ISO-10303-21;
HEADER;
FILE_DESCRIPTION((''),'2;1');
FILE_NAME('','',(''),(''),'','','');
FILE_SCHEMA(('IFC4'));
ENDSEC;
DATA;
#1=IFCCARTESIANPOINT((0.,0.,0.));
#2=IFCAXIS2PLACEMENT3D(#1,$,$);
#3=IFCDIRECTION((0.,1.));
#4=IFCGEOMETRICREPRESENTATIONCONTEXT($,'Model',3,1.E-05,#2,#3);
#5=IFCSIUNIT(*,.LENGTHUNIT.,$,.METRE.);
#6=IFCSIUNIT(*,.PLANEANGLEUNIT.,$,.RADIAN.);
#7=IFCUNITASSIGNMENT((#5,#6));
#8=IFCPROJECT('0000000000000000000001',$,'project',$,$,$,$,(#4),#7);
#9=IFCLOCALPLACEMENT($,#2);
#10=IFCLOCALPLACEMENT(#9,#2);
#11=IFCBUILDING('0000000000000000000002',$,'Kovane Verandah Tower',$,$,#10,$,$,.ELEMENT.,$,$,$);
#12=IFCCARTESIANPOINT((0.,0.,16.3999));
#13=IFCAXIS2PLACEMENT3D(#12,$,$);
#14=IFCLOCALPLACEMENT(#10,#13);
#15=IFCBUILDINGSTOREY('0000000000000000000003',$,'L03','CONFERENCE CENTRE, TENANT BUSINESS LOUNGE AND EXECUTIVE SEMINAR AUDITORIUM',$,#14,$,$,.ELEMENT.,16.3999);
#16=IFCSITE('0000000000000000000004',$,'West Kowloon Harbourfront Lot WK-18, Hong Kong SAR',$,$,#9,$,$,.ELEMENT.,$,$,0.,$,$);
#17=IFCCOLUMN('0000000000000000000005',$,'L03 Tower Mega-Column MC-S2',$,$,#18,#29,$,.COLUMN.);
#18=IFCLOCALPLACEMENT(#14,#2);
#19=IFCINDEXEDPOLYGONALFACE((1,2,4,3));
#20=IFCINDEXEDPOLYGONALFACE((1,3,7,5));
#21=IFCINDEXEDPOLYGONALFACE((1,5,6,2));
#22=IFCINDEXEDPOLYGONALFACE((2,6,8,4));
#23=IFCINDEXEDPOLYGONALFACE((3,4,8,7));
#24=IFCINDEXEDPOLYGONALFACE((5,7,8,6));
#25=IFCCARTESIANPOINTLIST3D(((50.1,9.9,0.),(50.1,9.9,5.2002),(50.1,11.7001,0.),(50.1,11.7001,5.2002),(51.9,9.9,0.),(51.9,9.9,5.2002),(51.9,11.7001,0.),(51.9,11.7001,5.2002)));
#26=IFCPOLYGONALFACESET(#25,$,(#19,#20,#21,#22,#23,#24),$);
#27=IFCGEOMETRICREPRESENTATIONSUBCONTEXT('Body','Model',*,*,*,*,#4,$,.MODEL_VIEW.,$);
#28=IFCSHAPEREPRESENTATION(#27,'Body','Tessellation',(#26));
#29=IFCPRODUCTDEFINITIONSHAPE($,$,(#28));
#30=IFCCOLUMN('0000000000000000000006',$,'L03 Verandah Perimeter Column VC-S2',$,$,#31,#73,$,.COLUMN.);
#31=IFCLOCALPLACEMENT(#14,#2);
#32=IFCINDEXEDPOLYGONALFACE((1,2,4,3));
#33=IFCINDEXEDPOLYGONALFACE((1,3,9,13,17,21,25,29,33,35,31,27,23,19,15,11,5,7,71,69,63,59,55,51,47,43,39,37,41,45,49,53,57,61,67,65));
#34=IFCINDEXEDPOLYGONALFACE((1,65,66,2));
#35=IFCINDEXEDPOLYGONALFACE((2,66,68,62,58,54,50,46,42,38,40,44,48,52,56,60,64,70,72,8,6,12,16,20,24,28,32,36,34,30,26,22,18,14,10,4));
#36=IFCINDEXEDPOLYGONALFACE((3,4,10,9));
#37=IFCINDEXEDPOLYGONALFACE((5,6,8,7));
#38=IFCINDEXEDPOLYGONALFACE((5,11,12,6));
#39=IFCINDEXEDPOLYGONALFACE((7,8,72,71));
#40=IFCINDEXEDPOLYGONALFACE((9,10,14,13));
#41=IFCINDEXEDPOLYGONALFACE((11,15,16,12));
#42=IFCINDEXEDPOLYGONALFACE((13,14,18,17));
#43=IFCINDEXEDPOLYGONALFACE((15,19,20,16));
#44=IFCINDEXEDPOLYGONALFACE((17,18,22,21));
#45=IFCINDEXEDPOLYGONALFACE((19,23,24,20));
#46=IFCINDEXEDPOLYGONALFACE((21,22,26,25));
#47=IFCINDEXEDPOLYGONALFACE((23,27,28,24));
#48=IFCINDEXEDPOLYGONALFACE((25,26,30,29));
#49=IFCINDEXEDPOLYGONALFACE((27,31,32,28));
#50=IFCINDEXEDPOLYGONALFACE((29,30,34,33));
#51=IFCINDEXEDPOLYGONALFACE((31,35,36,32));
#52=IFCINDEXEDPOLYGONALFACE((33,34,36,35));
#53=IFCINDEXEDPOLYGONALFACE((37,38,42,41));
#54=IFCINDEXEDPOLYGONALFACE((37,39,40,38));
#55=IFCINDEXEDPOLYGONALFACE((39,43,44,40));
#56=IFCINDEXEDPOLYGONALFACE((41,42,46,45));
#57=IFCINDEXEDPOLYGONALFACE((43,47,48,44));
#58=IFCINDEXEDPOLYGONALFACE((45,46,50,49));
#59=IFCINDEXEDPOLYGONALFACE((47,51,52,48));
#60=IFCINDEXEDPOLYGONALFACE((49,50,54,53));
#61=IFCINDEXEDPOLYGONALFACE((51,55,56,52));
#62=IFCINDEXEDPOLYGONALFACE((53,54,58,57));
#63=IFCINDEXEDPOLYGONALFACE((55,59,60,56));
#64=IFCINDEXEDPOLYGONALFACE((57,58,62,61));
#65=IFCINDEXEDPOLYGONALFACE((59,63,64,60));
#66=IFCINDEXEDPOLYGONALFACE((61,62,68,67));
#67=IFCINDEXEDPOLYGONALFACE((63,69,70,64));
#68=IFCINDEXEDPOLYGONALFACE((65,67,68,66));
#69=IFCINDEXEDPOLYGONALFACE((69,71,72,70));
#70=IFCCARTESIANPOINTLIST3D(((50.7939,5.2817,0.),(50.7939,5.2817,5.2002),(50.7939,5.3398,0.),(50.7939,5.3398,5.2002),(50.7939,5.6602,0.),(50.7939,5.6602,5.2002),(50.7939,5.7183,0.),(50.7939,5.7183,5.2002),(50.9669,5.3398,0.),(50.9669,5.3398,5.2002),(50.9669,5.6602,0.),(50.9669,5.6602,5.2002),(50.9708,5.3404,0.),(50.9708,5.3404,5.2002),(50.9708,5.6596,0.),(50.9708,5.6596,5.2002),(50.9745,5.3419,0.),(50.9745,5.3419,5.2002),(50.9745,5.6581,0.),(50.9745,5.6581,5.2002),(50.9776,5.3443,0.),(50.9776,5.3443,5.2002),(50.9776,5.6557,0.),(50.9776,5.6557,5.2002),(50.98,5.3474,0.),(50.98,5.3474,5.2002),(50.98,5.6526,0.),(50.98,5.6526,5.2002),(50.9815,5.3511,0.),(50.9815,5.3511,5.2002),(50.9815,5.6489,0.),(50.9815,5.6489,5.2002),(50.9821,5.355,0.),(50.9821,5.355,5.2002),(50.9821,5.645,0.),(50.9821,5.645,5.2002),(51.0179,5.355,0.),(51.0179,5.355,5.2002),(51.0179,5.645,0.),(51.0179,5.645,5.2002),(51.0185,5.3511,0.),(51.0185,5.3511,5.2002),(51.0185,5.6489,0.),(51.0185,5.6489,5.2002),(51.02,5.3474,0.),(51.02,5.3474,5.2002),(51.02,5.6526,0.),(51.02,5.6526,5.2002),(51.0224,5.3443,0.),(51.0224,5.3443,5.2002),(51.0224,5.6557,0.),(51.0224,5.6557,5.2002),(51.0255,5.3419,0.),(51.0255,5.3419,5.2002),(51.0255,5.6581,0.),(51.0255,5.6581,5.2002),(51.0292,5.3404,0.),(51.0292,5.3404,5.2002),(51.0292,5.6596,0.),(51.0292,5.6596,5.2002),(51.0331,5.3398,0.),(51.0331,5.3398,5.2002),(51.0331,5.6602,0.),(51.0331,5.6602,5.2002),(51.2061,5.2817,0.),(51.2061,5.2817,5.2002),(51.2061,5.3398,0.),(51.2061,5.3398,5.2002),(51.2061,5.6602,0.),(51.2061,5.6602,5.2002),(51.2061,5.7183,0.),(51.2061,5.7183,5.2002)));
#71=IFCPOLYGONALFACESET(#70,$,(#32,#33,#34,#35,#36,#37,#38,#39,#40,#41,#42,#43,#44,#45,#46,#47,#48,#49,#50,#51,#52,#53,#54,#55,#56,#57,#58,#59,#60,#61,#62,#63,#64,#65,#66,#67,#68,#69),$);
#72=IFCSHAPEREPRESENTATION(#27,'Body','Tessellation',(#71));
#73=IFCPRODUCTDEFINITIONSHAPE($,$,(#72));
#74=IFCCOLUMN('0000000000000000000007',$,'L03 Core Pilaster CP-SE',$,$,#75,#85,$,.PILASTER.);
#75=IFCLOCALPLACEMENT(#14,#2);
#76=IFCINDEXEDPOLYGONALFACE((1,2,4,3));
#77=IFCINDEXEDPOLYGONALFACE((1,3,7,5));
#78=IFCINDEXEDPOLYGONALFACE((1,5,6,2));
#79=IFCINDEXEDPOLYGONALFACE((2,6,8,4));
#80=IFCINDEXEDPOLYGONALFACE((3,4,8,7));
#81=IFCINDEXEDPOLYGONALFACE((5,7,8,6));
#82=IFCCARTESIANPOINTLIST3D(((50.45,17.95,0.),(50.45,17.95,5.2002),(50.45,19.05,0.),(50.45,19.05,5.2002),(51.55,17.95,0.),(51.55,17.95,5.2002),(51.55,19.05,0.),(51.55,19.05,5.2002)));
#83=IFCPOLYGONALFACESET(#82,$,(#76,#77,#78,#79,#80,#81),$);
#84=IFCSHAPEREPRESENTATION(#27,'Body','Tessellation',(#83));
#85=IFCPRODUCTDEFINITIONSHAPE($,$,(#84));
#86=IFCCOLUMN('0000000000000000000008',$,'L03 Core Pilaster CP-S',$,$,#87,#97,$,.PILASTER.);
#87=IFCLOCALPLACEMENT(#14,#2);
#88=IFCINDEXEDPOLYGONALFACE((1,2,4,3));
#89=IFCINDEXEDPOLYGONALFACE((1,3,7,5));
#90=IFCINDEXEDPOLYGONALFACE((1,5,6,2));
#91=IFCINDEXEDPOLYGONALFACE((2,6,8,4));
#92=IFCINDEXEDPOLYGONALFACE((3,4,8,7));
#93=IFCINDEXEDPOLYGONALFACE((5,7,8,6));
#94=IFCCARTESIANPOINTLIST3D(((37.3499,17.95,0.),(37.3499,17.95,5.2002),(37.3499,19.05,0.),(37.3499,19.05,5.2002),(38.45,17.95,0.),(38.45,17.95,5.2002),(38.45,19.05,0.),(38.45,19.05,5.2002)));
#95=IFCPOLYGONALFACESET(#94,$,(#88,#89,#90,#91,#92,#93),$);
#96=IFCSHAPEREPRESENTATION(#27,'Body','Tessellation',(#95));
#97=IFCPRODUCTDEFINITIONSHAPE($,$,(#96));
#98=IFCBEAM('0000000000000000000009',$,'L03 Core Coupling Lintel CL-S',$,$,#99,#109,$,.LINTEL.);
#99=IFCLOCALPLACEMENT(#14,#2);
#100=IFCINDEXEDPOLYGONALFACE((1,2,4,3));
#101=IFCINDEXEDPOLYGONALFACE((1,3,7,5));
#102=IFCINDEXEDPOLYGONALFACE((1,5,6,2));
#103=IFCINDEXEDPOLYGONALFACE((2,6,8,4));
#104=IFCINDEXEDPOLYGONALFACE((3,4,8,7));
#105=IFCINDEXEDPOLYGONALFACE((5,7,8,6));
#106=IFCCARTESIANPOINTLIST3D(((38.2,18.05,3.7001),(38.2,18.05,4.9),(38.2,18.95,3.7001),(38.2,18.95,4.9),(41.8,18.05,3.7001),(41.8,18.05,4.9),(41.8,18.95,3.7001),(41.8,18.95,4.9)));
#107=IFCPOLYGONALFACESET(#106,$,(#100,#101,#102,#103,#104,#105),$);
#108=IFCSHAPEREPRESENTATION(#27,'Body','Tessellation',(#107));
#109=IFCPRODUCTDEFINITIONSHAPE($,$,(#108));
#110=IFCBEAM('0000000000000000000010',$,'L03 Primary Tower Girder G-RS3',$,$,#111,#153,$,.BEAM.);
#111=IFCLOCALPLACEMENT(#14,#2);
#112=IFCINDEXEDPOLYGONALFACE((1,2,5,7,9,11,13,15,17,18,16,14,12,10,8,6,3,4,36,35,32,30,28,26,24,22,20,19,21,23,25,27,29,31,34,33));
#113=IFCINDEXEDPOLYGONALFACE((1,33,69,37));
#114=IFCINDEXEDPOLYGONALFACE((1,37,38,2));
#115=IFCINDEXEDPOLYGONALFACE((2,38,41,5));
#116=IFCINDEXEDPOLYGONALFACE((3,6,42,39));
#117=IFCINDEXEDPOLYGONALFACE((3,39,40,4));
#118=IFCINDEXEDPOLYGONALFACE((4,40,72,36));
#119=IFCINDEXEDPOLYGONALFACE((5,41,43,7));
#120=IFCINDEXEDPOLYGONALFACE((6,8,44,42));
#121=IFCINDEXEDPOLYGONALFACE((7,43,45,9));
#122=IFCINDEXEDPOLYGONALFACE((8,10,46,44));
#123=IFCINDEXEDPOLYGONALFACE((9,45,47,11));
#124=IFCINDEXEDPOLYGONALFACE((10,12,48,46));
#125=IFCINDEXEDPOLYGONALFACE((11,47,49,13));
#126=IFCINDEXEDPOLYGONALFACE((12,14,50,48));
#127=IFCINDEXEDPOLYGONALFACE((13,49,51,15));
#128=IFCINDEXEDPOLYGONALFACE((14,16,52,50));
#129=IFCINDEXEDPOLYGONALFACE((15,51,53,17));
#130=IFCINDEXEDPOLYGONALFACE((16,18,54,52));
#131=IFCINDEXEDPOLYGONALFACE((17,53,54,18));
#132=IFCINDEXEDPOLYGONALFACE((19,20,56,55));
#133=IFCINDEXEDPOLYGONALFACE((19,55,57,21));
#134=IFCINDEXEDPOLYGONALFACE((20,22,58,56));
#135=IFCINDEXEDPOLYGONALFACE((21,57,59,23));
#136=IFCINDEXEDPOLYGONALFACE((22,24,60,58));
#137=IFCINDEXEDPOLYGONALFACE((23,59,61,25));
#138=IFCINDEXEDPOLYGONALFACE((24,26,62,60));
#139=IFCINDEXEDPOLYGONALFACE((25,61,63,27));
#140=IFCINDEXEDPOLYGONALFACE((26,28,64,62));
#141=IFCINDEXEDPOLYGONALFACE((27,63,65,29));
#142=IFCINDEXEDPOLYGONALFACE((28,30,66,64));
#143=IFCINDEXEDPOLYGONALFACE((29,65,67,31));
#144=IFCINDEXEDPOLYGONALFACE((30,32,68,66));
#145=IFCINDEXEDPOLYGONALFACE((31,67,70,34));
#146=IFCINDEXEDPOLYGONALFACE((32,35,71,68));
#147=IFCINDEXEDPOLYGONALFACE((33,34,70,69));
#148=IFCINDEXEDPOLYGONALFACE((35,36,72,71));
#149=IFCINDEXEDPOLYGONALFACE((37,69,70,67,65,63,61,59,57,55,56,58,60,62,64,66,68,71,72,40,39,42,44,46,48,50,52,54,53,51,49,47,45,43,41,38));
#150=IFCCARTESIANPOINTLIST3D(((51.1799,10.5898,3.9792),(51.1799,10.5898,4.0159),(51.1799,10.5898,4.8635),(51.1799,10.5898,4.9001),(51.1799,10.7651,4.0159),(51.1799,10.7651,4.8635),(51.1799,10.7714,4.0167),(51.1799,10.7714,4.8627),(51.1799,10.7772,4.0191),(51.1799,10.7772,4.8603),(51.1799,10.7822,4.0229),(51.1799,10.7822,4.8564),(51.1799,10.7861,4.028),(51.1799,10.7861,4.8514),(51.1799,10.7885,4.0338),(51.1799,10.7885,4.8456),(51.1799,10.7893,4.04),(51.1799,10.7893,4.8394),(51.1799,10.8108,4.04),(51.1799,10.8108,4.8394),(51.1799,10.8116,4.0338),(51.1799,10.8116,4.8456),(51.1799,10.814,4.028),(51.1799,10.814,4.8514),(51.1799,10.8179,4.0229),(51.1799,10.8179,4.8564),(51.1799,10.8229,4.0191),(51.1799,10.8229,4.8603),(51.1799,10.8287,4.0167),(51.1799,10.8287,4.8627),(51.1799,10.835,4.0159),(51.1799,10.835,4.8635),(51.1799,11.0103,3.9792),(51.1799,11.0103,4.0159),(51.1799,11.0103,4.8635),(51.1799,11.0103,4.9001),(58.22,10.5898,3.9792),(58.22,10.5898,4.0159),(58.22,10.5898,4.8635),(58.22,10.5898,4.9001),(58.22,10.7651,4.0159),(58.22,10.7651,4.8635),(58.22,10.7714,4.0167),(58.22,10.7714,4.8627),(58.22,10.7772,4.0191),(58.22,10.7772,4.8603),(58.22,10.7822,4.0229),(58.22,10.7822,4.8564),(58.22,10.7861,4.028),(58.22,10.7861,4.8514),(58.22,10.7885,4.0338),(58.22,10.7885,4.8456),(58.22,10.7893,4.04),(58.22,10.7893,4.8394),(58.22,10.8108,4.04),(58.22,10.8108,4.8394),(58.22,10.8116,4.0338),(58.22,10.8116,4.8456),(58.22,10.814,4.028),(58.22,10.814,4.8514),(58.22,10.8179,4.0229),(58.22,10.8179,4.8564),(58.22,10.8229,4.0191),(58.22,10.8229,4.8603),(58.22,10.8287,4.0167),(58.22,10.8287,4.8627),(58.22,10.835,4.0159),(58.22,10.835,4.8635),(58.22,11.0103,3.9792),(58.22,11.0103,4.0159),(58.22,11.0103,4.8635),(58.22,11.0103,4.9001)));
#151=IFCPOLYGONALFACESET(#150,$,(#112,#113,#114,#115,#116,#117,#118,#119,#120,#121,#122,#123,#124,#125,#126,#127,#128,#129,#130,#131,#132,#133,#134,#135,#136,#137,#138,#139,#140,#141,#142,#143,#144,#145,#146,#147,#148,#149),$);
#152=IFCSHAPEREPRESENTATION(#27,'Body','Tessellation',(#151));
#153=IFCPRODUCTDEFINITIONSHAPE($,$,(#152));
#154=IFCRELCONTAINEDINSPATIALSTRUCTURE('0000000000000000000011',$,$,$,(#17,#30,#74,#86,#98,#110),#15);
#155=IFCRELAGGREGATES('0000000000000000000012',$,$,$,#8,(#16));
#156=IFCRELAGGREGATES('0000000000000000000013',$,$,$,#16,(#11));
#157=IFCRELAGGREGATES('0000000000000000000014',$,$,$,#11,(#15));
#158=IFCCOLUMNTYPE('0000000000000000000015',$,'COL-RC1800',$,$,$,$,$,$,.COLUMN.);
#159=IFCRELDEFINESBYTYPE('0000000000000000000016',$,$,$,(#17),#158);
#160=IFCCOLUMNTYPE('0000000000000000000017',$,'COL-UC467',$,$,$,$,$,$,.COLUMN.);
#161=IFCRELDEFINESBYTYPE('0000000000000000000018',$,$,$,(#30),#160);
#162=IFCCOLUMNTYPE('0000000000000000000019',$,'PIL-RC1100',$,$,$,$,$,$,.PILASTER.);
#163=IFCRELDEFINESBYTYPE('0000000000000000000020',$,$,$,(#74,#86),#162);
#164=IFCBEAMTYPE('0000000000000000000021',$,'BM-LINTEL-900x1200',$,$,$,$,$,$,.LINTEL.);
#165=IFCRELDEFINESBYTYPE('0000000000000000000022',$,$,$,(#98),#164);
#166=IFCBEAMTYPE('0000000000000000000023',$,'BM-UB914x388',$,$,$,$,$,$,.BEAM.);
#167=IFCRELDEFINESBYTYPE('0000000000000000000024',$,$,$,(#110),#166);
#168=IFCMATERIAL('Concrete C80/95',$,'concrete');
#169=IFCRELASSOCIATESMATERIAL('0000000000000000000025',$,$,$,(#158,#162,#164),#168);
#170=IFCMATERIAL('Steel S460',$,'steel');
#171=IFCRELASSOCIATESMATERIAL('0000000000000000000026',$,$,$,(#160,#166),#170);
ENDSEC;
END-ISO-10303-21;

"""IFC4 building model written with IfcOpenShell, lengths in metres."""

from ifc_helpers import new_model, si_unit, direction, frame, origin, origin_2d, place, context, subcontext, project, spatial, rectangle, i_section, extrude, material, material_profile, profile_set, type_object, element, save


model = new_model("IFC4")

# Units and contexts
model_context = context("Model", 3, precision=1e-05, world=origin(), true_north=direction((0.0, 1.0)))
body_context = subcontext(model_context, "Body", "Model", "MODEL_VIEW")
ifc_project = project(units=[si_unit("LENGTHUNIT", "METRE"), si_unit("PLANEANGLEUNIT", "RADIAN")], contexts=[model_context])

# Site, building, storey
site_placement = place(None, origin())
site = spatial("IfcSite", under=ifc_project, at=site_placement, Name="West Kowloon Harbourfront Lot WK-18, Hong Kong SAR", CompositionType="ELEMENT", RefElevation=0.0)
building_placement = place(site_placement, origin())
building = spatial("IfcBuilding", under=site, at=building_placement, Name="Kovane Verandah Tower", CompositionType="ELEMENT")
storey_placement = place(building_placement, frame((0.0, 0.0, 16.3999)))
storey = spatial("IfcBuildingStorey", under=building, at=storey_placement, Name="L03", Description="CONFERENCE CENTRE, TENANT BUSINESS LOUNGE AND EXECUTIVE SEMINAR AUDITORIUM", CompositionType="ELEMENT", Elevation=16.3999)

# Columns
ifc_material_1 = material(Name="Concrete C80/95", Category="concrete")
ifc_material_profile_1 = material_profile(ifc_material_1, rectangle(XDim=1.8, YDim=1.8, at=origin_2d()), Name="RC1800x1800")
ifc_profile_set_1 = profile_set([ifc_material_profile_1], Name="Concrete C80/95")
column_type_1 = type_object("IfcColumnType", Name="COL-RC1800", PredefinedType="COLUMN", material=ifc_profile_set_1)
column_1_placement = place(storey_placement, frame((51.0, 10.8, 0.0), z_axis=(0.0, 0.0, 1.0), x_axis=(1.0, 0.0, 0.0)))
element("IfcColumn", 1, at=column_1_placement, inside=storey, type_object=column_type_1, Name="L03 Tower Mega-Column MC-S2", PredefinedType="COLUMN", context=body_context, shape_type="SweptSolid", body=[
    extrude(rectangle(XDim=1.8, YDim=1.8, at=origin_2d()), origin(), (0.0, 0.0, 1.0), 5.2002),
])
ifc_material_2 = material(Name="Steel S460", Category="steel")
ifc_material_profile_2 = material_profile(ifc_material_2, i_section(OverallWidth=0.4121, OverallDepth=0.4365, WebThickness=0.0359, FlangeThickness=0.0581, FilletRadius=0.0151, at=origin_2d()), Name="UC356x406x467")
ifc_profile_set_2 = profile_set([ifc_material_profile_2], Name="Steel S460")
column_type_2 = type_object("IfcColumnType", Name="COL-UC467", PredefinedType="COLUMN", material=ifc_profile_set_2)
column_2_placement = place(storey_placement, frame((51.0, 5.5, 0.0), z_axis=(0.0, 0.0, 1.0), x_axis=(1.0, 0.0, 0.0)))
element("IfcColumn", 2, at=column_2_placement, inside=storey, type_object=column_type_2, Name="L03 Verandah Perimeter Column VC-S2", PredefinedType="COLUMN", context=body_context, shape_type="SweptSolid", body=[
    extrude(i_section(OverallWidth=0.4121, OverallDepth=0.4365, WebThickness=0.0359, FlangeThickness=0.0581, FilletRadius=0.0151, at=origin_2d()), origin(), (0.0, 0.0, 1.0), 5.2002),
])
ifc_material_profile_3 = material_profile(ifc_material_1, rectangle(XDim=1.1001, YDim=1.1001, at=origin_2d()), Name="RC1100x1100")
ifc_profile_set_3 = profile_set([ifc_material_profile_3], Name="Concrete C80/95")
column_type_3 = type_object("IfcColumnType", Name="PIL-RC1100", PredefinedType="PILASTER", material=ifc_profile_set_3)
for number, where, z_axis, x_axis, name in (
    (3, (51.0, 18.5, 0.0), (0.0, 0.0, 1.0), (1.0, 0.0, 0.0), "L03 Core Pilaster CP-SE"),
    (4, (37.8999, 18.5, 0.0), (0.0, 0.0, 1.0), (1.0, 0.0, 0.0), "L03 Core Pilaster CP-S"),
):
    element("IfcColumn", number, at=place(storey_placement, frame(where, z_axis=z_axis, x_axis=x_axis)), inside=storey, type_object=column_type_3, Name=name, PredefinedType="PILASTER", context=body_context, shape_type="SweptSolid", body=[
        extrude(rectangle(XDim=1.1001, YDim=1.1001, at=origin_2d()), origin(), (0.0, 0.0, 1.0), 5.2002),
    ])

# Beams
ifc_material_profile_4 = material_profile(ifc_material_1, rectangle(XDim=0.8999, YDim=1.2, at=origin_2d()), Name="RCB900x1200")
ifc_profile_set_4 = profile_set([ifc_material_profile_4], Name="Concrete C80/95")
beam_type_1 = type_object("IfcBeamType", Name="BM-LINTEL-900x1200", PredefinedType="LINTEL", material=ifc_profile_set_4)
beam_1_placement = place(storey_placement, frame((38.2, 18.5, 4.3), z_axis=(1.0, 0.0, 0.0), x_axis=(0.0, 1.0, 0.0)))
element("IfcBeam", 5, at=beam_1_placement, inside=storey, type_object=beam_type_1, Name="L03 Core Coupling Lintel CL-S", PredefinedType="LINTEL", context=body_context, shape_type="SweptSolid", body=[
    extrude(rectangle(XDim=0.8999, YDim=1.2, at=origin_2d()), origin(), (0.0, 0.0, 1.0), 3.6001),
])
ifc_material_profile_5 = material_profile(ifc_material_2, i_section(OverallWidth=0.4204, OverallDepth=0.9209, WebThickness=0.0215, FlangeThickness=0.0366, FilletRadius=0.0242, at=origin_2d()), Name="UB914x419x388")
ifc_profile_set_5 = profile_set([ifc_material_profile_5], Name="Steel S460")
beam_type_2 = type_object("IfcBeamType", Name="BM-UB914x388", PredefinedType="BEAM", material=ifc_profile_set_5)
for number, where, z_axis, x_axis, name in (
    (6, (51.1799, 10.8, 4.4397), (1.0, 0.0, 0.0), (0.0, 1.0, 0.0), "L03 Primary Tower Girder G-RS3"),
):
    element("IfcBeam", number, at=place(storey_placement, frame(where, z_axis=z_axis, x_axis=x_axis)), inside=storey, type_object=beam_type_2, Name=name, PredefinedType="BEAM", context=body_context, shape_type="SweptSolid", body=[
        extrude(i_section(OverallWidth=0.4204, OverallDepth=0.9209, WebThickness=0.0215, FlangeThickness=0.0366, FilletRadius=0.0242, at=origin_2d()), origin(), (0.0, 0.0, 1.0), 7.04),
    ])

save(model, "model.ifc")
